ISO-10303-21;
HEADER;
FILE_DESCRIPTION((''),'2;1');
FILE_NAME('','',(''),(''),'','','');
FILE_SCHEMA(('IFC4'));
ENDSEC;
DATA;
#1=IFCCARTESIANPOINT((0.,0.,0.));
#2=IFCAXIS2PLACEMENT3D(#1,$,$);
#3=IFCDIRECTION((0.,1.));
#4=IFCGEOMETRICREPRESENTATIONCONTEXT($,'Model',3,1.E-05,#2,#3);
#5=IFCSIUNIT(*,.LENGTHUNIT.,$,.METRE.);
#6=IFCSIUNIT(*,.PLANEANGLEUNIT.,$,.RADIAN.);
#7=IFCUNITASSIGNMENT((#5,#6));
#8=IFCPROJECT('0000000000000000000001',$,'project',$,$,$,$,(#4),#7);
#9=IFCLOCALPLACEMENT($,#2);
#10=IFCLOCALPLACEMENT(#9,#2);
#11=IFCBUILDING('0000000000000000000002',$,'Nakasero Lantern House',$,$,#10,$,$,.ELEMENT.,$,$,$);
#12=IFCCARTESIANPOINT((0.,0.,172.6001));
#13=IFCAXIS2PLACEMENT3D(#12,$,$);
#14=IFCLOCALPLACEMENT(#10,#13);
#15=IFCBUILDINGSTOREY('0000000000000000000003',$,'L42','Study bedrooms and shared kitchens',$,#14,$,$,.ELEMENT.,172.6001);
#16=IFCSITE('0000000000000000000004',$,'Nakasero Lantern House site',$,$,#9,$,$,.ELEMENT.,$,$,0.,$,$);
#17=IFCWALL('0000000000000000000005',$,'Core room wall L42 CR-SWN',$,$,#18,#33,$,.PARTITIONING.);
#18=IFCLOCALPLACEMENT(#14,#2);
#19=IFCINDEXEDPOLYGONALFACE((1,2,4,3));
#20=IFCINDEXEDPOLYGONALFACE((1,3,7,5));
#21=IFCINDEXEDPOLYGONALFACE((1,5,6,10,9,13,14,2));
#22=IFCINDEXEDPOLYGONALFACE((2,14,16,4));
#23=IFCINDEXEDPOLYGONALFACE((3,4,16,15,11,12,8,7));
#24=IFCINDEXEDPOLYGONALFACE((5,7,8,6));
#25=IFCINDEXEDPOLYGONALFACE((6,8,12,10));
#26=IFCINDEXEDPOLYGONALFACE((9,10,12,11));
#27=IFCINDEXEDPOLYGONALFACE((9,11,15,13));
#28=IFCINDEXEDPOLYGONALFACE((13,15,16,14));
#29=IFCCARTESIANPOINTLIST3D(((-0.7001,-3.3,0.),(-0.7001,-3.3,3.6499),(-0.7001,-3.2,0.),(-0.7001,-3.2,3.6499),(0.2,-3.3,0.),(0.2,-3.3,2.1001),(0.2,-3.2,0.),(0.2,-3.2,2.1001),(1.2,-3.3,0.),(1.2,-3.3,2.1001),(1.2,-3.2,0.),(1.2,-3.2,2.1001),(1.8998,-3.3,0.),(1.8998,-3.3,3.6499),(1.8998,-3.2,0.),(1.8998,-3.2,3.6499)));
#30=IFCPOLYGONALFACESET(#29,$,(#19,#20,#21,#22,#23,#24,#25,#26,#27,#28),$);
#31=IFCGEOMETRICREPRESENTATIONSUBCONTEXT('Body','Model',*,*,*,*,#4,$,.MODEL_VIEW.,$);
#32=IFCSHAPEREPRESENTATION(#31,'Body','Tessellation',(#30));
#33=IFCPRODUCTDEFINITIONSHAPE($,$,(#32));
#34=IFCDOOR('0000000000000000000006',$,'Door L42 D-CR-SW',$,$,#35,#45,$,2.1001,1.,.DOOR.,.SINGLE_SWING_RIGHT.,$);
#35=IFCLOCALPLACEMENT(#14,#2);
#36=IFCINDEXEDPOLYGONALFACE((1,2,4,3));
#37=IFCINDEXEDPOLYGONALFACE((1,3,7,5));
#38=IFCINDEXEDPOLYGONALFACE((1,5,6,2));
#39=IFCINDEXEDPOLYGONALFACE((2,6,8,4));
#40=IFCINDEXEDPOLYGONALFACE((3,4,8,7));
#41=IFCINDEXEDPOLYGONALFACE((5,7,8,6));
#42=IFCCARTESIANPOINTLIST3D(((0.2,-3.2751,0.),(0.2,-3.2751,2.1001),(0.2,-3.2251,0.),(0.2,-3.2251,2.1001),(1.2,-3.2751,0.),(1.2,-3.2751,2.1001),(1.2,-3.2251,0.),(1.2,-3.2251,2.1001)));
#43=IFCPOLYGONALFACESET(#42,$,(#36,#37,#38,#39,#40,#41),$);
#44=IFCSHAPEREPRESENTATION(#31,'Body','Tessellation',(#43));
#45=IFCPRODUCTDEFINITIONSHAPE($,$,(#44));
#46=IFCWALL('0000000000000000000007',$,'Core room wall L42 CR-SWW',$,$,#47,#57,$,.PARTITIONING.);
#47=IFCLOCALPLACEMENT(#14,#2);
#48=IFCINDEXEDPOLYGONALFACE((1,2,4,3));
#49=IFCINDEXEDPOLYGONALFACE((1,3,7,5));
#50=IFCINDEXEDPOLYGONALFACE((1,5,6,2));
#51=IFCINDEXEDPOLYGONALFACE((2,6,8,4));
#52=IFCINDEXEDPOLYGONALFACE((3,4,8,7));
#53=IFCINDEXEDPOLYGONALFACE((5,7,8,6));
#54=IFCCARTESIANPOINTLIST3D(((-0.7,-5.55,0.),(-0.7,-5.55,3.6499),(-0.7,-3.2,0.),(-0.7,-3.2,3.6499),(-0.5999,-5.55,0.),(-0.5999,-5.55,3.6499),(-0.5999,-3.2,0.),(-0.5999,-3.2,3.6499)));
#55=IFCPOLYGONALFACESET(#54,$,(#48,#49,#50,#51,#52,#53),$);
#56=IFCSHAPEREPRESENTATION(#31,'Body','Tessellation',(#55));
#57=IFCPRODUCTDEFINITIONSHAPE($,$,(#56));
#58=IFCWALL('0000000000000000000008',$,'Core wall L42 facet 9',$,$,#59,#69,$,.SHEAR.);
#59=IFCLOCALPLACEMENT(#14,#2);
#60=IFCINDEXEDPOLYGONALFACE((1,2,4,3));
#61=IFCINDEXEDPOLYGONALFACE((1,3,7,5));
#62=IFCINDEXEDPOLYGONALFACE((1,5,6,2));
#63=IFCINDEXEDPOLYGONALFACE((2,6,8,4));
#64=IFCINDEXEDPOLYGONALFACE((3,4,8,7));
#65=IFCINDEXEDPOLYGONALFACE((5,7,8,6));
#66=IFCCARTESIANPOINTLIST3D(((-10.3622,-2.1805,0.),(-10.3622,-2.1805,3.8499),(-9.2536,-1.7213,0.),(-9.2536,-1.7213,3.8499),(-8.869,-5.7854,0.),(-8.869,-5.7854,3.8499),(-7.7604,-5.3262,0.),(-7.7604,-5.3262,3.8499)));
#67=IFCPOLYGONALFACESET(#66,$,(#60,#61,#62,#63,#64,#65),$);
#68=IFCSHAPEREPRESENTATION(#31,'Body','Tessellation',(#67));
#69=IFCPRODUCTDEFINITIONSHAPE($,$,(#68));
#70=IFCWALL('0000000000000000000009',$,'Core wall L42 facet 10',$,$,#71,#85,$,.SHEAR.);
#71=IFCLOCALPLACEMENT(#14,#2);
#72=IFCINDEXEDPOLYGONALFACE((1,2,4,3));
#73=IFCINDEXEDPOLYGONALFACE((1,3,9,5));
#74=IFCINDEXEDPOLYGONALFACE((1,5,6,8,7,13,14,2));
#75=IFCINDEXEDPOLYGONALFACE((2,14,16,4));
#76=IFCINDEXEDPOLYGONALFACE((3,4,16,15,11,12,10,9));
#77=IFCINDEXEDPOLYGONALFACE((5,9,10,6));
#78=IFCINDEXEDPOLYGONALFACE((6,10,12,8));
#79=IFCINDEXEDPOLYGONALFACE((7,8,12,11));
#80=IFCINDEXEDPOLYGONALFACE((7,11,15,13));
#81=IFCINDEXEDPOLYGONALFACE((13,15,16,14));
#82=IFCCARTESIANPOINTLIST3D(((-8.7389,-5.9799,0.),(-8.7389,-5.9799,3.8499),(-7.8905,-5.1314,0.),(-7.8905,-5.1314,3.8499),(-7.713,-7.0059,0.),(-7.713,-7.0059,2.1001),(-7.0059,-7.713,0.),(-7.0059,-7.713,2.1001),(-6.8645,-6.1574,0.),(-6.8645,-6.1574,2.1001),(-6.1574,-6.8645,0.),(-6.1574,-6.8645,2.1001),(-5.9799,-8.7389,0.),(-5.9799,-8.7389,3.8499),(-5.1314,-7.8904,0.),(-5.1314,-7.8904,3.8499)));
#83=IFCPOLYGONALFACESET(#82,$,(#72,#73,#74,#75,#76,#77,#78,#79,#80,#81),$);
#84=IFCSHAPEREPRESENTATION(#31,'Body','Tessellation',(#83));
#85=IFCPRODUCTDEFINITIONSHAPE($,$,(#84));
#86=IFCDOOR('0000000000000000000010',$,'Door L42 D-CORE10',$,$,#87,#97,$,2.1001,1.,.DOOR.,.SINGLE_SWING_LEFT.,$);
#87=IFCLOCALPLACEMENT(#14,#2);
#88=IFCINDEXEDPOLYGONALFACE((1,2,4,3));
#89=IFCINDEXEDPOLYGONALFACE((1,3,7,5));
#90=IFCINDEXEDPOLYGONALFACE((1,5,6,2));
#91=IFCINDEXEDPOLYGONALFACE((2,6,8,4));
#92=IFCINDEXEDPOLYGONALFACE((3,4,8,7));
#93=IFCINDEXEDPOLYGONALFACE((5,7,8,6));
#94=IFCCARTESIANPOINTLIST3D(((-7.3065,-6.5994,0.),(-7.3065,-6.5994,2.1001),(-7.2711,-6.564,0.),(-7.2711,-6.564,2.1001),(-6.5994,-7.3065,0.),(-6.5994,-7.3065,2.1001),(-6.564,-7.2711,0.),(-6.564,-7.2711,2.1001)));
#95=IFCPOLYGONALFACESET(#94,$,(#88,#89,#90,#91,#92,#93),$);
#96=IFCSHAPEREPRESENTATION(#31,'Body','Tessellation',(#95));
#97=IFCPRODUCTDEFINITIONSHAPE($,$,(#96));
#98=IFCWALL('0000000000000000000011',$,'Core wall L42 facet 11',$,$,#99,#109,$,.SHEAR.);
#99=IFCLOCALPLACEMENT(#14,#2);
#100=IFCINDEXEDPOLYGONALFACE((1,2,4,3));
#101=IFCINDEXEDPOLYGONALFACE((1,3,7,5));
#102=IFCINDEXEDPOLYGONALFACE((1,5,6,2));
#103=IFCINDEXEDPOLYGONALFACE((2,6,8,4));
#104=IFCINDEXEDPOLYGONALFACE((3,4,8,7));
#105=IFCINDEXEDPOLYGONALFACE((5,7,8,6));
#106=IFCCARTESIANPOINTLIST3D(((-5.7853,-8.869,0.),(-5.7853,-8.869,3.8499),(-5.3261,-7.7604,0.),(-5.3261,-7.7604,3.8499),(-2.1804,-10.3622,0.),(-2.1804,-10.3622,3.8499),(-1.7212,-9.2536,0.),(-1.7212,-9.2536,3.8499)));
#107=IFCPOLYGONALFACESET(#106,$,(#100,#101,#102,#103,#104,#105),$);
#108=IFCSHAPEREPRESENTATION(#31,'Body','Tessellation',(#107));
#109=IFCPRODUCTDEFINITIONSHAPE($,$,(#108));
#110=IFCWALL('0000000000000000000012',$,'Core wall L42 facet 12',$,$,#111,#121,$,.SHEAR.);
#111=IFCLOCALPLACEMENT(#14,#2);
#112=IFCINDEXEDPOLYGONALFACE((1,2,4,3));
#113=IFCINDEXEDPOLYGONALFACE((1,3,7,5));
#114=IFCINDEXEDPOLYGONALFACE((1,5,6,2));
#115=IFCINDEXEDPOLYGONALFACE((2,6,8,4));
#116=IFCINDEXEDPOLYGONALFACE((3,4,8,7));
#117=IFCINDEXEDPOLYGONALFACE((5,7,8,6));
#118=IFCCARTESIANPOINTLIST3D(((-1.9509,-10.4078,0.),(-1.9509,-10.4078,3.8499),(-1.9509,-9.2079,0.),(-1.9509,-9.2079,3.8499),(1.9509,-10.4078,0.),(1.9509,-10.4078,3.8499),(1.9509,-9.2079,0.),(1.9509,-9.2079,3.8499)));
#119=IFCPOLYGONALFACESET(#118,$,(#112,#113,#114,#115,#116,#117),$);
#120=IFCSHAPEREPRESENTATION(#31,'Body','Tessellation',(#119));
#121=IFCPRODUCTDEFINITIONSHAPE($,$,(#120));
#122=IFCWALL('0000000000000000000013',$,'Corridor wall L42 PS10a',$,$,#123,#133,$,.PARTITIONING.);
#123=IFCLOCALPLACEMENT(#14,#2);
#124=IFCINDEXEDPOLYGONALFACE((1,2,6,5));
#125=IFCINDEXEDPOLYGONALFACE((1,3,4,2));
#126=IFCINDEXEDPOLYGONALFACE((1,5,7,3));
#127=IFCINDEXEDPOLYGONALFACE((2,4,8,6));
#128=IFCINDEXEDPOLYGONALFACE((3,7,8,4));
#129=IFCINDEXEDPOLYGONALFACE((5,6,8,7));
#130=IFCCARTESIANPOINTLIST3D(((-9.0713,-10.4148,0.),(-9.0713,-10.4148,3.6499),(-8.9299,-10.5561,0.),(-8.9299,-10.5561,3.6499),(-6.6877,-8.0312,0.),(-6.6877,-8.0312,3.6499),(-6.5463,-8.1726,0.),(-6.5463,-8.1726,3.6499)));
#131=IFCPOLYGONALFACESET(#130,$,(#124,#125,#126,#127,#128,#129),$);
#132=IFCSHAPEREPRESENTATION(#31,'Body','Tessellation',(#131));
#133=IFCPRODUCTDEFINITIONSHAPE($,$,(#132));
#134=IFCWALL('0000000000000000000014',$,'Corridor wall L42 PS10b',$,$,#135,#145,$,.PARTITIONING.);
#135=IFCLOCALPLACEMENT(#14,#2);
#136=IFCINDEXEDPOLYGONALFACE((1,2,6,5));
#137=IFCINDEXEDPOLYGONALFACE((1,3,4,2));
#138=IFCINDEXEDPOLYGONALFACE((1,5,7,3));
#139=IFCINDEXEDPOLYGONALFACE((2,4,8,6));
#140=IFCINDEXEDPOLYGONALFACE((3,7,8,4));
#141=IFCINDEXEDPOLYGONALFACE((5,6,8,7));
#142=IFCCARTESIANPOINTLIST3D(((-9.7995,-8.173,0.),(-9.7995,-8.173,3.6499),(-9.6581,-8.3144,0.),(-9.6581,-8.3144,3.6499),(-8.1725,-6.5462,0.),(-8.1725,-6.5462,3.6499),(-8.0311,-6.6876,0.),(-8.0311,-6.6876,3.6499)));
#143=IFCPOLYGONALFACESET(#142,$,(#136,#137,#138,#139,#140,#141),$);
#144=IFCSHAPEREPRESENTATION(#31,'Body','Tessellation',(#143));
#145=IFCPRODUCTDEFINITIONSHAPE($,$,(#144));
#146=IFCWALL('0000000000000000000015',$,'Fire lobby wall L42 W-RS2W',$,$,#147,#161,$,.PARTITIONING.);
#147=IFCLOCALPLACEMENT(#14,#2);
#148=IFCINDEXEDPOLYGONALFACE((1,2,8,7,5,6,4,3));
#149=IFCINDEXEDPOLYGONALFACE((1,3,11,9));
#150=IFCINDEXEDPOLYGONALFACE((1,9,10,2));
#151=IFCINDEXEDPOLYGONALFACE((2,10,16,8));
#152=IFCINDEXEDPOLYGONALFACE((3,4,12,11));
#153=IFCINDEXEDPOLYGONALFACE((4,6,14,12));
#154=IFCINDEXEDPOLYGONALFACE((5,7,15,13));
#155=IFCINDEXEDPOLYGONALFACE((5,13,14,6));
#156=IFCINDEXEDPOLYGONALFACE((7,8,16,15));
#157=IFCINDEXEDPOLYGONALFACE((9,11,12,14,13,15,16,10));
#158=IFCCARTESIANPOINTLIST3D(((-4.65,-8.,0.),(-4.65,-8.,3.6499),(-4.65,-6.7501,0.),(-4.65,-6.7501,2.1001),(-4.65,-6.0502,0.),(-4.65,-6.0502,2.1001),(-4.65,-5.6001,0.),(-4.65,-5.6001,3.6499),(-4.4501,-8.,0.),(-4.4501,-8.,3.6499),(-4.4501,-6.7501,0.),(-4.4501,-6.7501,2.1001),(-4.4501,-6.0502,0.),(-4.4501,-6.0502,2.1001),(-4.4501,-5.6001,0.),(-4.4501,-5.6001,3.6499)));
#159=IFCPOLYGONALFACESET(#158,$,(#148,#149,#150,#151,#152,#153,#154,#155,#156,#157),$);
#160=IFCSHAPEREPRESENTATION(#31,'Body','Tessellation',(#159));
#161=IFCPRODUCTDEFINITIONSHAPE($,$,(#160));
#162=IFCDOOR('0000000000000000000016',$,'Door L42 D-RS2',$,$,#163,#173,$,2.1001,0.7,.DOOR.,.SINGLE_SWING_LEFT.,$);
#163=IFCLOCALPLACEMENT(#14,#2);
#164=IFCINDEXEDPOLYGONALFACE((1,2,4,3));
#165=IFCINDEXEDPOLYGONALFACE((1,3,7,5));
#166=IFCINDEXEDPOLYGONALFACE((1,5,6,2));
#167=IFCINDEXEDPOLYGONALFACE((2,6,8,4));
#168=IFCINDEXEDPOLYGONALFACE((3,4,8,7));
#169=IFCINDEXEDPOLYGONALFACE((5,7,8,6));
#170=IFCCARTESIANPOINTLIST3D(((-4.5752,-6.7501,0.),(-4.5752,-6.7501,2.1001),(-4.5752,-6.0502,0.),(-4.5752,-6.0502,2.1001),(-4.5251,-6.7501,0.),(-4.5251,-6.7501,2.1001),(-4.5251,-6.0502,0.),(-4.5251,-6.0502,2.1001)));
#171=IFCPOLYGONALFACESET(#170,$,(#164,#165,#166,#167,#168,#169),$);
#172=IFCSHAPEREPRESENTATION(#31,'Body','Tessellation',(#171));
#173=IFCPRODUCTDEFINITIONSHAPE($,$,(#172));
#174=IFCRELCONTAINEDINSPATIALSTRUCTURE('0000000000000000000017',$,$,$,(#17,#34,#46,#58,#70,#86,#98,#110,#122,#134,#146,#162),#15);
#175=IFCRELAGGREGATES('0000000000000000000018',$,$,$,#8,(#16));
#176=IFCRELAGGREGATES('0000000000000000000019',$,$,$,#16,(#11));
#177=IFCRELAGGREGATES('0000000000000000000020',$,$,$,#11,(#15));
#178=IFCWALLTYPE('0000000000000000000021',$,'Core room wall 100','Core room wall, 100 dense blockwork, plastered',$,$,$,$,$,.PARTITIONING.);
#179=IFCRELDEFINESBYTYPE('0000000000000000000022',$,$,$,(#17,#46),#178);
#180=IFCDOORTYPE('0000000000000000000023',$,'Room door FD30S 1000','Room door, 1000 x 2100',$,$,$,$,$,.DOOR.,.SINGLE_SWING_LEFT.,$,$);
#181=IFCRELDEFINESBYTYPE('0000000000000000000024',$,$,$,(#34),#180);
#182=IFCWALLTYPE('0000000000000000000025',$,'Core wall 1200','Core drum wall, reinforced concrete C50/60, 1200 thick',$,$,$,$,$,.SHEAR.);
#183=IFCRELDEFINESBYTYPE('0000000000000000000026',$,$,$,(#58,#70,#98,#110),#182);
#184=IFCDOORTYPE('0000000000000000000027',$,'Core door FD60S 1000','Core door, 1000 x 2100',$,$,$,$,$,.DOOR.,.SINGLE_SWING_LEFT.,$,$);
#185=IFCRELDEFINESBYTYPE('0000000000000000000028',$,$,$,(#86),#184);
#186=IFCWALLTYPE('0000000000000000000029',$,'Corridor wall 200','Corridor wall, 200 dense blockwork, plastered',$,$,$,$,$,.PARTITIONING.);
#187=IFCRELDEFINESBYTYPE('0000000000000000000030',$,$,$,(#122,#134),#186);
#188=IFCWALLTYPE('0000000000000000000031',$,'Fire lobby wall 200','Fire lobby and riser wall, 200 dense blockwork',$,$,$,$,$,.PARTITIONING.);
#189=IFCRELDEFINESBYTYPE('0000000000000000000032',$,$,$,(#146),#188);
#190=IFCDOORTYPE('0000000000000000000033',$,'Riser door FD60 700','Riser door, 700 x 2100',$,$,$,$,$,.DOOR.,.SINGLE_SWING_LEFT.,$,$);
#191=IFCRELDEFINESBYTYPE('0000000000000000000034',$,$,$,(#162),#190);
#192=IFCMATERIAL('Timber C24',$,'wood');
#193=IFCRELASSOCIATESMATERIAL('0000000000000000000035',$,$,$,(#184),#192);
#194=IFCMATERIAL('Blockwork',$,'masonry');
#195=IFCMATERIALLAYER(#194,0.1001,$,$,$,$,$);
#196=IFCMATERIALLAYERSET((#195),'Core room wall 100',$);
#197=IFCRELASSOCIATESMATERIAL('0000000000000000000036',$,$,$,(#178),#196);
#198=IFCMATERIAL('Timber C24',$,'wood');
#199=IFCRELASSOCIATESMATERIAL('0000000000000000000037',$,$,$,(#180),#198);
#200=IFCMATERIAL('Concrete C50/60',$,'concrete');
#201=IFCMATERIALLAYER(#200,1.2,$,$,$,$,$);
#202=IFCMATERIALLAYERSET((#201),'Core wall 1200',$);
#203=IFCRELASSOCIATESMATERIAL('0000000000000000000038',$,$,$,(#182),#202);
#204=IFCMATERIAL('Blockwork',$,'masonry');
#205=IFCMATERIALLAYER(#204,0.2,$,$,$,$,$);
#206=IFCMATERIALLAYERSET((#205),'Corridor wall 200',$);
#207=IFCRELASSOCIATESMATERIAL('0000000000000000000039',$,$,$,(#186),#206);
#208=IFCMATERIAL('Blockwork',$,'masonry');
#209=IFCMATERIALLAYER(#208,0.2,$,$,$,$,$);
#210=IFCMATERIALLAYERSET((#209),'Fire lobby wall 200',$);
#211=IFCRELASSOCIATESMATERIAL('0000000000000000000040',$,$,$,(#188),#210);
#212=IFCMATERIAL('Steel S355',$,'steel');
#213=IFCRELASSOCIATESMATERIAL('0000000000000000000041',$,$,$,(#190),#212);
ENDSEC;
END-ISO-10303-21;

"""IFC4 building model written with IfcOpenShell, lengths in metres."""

from ifc_helpers import new_model, si_unit, direction, frame, frame_2d, origin, place, context, subcontext, project, spatial, rectangle, extrude, material, layer, layer_set, type_object, element, fill, save


model = new_model("IFC4")

# Units and contexts
model_context = context("Model", 3, precision=1e-05, world=origin(), true_north=direction((0.0, 1.0)))
body_context = subcontext(model_context, "Body", "Model", "MODEL_VIEW")
ifc_project = project(units=[si_unit("LENGTHUNIT", "METRE"), si_unit("PLANEANGLEUNIT", "RADIAN")], contexts=[model_context])

# Site, building, storey
site_placement = place(None, origin())
site = spatial("IfcSite", under=ifc_project, at=site_placement, Name="Nakasero Lantern House site", CompositionType="ELEMENT", RefElevation=0.0)
building_placement = place(site_placement, origin())
building = spatial("IfcBuilding", under=site, at=building_placement, Name="Nakasero Lantern House", CompositionType="ELEMENT")
storey_placement = place(building_placement, frame((0.0, 0.0, 172.6001)))
storey = spatial("IfcBuildingStorey", under=building, at=storey_placement, Name="L42", Description="Study bedrooms and shared kitchens", CompositionType="ELEMENT", Elevation=172.6001)

# Shared definitions
ifc_material_1 = material(Name="Timber C24", Category="wood")
door_type_1 = type_object("IfcDoorType", Name="Core door FD60S 1000", Description="Core door, 1000 x 2100", OperationType="SINGLE_SWING_LEFT", PredefinedType="DOOR", material=ifc_material_1)

# Wall, opening, door
ifc_material_2 = material(Name="Blockwork", Category="masonry")
ifc_layer_1 = layer(ifc_material_2, 0.1001)
ifc_layer_set_1 = layer_set([ifc_layer_1], Name="Core room wall 100")
wall_type_1 = type_object("IfcWallType", Name="Core room wall 100", Description="Core room wall, 100 dense blockwork, plastered", PredefinedType="PARTITIONING", material=ifc_layer_set_1)
wall_1_placement = place(storey_placement, frame((-0.7, -3.25, 0.0), z_axis=(0.0, 0.0, 1.0), x_axis=(1.0, 0.0, 0.0)))
wall_1 = element("IfcWall", 1, at=wall_1_placement, inside=storey, type_object=wall_type_1, Name="Core room wall L42 CR-SWN", PredefinedType="PARTITIONING", context=body_context, shape_type="SweptSolid", body=[
    extrude(rectangle(XDim=2.5999, YDim=0.1001, at=frame_2d((1.2998, 0.0))), origin(), (0.0, 0.0, 1.0), 3.6499),
])
opening_1_placement = place(wall_1_placement, frame((0.8999, 0.0, 0.0)))
opening_1 = element("IfcOpeningElement", 2, at=opening_1_placement, cuts=wall_1, PredefinedType="OPENING", context=body_context, shape_type="SweptSolid", body=[
    extrude(rectangle(XDim=1.0, YDim=2.1001, at=frame_2d((0.5, 1.05))), frame((0.0, 0.0701, 0.0), z_axis=(0.0, -1.0, 0.0), x_axis=(1.0, 0.0, 0.0)), (0.0, 0.0, 1.0), 0.1401),
])
ifc_material_3 = material(Name="Timber C24", Category="wood")
door_type_2 = type_object("IfcDoorType", Name="Room door FD30S 1000", Description="Room door, 1000 x 2100", OperationType="SINGLE_SWING_LEFT", PredefinedType="DOOR", material=ifc_material_3)
door_1_placement = place(opening_1_placement, origin())
door_1 = element("IfcDoor", 3, at=door_1_placement, inside=storey, type_object=door_type_2, Name="Door L42 D-CR-SW", OperationType="SINGLE_SWING_RIGHT", OverallHeight=2.1001, OverallWidth=1.0, PredefinedType="DOOR", context=body_context, shape_type="SweptSolid", body=[
    extrude(rectangle(XDim=1.0, YDim=2.1001, at=frame_2d((0.5, 1.05))), frame((0.0, 0.0249, 0.0), z_axis=(0.0, -1.0, 0.0), x_axis=(1.0, 0.0, 0.0)), (0.0, 0.0, 1.0), 0.05),
])
fill(opening_1, door_1)

# Walls
wall_2_placement = place(storey_placement, frame((-0.6499, -5.55, 0.0), z_axis=(0.0, 0.0, 1.0), x_axis=(0.0, 1.0, 0.0)))
element("IfcWall", 4, at=wall_2_placement, inside=storey, type_object=wall_type_1, Name="Core room wall L42 CR-SWW", PredefinedType="PARTITIONING", context=body_context, shape_type="SweptSolid", body=[
    extrude(rectangle(XDim=2.3501, YDim=0.1001, at=frame_2d((1.175, 0.0))), origin(), (0.0, 0.0, 1.0), 3.6499),
])
ifc_material_4 = material(Name="Concrete C50/60", Category="concrete")
ifc_layer_2 = layer(ifc_material_4, 1.2)
ifc_layer_set_2 = layer_set([ifc_layer_2], Name="Core wall 1200")
wall_type_2 = type_object("IfcWallType", Name="Core wall 1200", Description="Core drum wall, reinforced concrete C50/60, 1200 thick", PredefinedType="SHEAR", material=ifc_layer_set_2)
wall_3_placement = place(storey_placement, frame((-9.8079, -1.9509, 0.0), z_axis=(0.0, 0.0, 1.0), x_axis=(0.382691, -0.923877, 0.0)))
element("IfcWall", 5, at=wall_3_placement, inside=storey, type_object=wall_type_2, Name="Core wall L42 facet 9", PredefinedType="SHEAR", context=body_context, shape_type="SweptSolid", body=[
    extrude(rectangle(XDim=3.9019, YDim=1.2, at=frame_2d((1.9509, 0.0))), origin(), (0.0, 0.0, 1.0), 3.8499),
])

# Wall, opening, door
wall_4_placement = place(storey_placement, frame((-8.3147, -5.5557, 0.0), z_axis=(0.0, 0.0, 1.0), x_axis=(0.707107, -0.707107, 0.0)))
wall_4 = element("IfcWall", 6, at=wall_4_placement, inside=storey, type_object=wall_type_2, Name="Core wall L42 facet 10", PredefinedType="SHEAR", context=body_context, shape_type="SweptSolid", body=[
    extrude(rectangle(XDim=3.9019, YDim=1.2, at=frame_2d((1.9509, 0.0))), origin(), (0.0, 0.0, 1.0), 3.8499),
])
opening_2_placement = place(wall_4_placement, frame((1.4509, 0.0, 0.0)))
opening_2 = element("IfcOpeningElement", 7, at=opening_2_placement, cuts=wall_4, PredefinedType="OPENING", context=body_context, shape_type="SweptSolid", body=[
    extrude(rectangle(XDim=1.0, YDim=2.1001, at=frame_2d((0.5, 1.05))), frame((0.0, 0.6199, 0.0), z_axis=(0.0, -1.0, 0.0), x_axis=(1.0, 0.0, 0.0)), (0.0, 0.0, 1.0), 1.24),
])
door_2_placement = place(opening_2_placement, origin())
door_2 = element("IfcDoor", 8, at=door_2_placement, inside=storey, type_object=door_type_1, Name="Door L42 D-CORE10", OperationType="SINGLE_SWING_LEFT", OverallHeight=2.1001, OverallWidth=1.0, PredefinedType="DOOR", context=body_context, shape_type="SweptSolid", body=[
    extrude(rectangle(XDim=1.0, YDim=2.1001, at=frame_2d((0.5, 1.05))), frame((0.0, 0.0249, 0.0), z_axis=(0.0, -1.0, 0.0), x_axis=(1.0, 0.0, 0.0)), (0.0, 0.0, 1.0), 0.05),
])
fill(opening_2, door_2)

# Walls
for number, where, z_axis, x_axis, name in (
    (9, (-5.5557, -8.3147, 0.0), (0.0, 0.0, 1.0), (0.923877, -0.382691, 0.0), "Core wall L42 facet 11"),
    (10, (-1.9509, -9.8079, 0.0), (0.0, 0.0, 1.0), (1.0, 0.0, 0.0), "Core wall L42 facet 12"),
):
    element("IfcWall", number, at=place(storey_placement, frame(where, z_axis=z_axis, x_axis=x_axis)), inside=storey, type_object=wall_type_2, Name=name, PredefinedType="SHEAR", context=body_context, shape_type="SweptSolid", body=[
        extrude(rectangle(XDim=3.9019, YDim=1.2, at=frame_2d((1.9509, 0.0))), origin(), (0.0, 0.0, 1.0), 3.8499),
    ])
ifc_material_5 = material(Name="Blockwork", Category="masonry")
ifc_layer_3 = layer(ifc_material_5, 0.2)
ifc_layer_set_3 = layer_set([ifc_layer_3], Name="Corridor wall 200")
wall_type_3 = type_object("IfcWallType", Name="Corridor wall 200", Description="Corridor wall, 200 dense blockwork, plastered", PredefinedType="PARTITIONING", material=ifc_layer_set_3)
wall_5_placement = place(storey_placement, frame((-6.6169, -8.1018, 0.0), z_axis=(0.0, 0.0, 1.0), x_axis=(-0.707107, -0.707107, 0.0)))
element("IfcWall", 11, at=wall_5_placement, inside=storey, type_object=wall_type_3, Name="Corridor wall L42 PS10a", PredefinedType="PARTITIONING", context=body_context, shape_type="SweptSolid", body=[
    extrude(rectangle(XDim=3.3708, YDim=0.2, at=frame_2d((1.6855, 0.0))), origin(), (0.0, 0.0, 1.0), 3.6499),
])
wall_6_placement = place(storey_placement, frame((-8.1018, -6.6169, 0.0), z_axis=(0.0, 0.0, 1.0), x_axis=(-0.70716, -0.707054, 0.0)))
element("IfcWall", 12, at=wall_6_placement, inside=storey, type_object=wall_type_3, Name="Corridor wall L42 PS10b", PredefinedType="PARTITIONING", context=body_context, shape_type="SweptSolid", body=[
    extrude(rectangle(XDim=2.3008, YDim=0.2, at=frame_2d((1.1504, 0.0))), origin(), (0.0, 0.0, 1.0), 3.6499),
])

# Wall, opening, door
ifc_material_6 = material(Name="Blockwork", Category="masonry")
ifc_layer_4 = layer(ifc_material_6, 0.2)
ifc_layer_set_4 = layer_set([ifc_layer_4], Name="Fire lobby wall 200")
wall_type_4 = type_object("IfcWallType", Name="Fire lobby wall 200", Description="Fire lobby and riser wall, 200 dense blockwork", PredefinedType="PARTITIONING", material=ifc_layer_set_4)
wall_7_placement = place(storey_placement, frame((-4.55, -5.6001, 0.0), z_axis=(0.0, 0.0, 1.0), x_axis=(0.0, -1.0, 0.0)))
wall_7 = element("IfcWall", 13, at=wall_7_placement, inside=storey, type_object=wall_type_4, Name="Fire lobby wall L42 W-RS2W", PredefinedType="PARTITIONING", context=body_context, shape_type="SweptSolid", body=[
    extrude(rectangle(XDim=2.3999, YDim=0.2, at=frame_2d((1.2, 0.0))), origin(), (0.0, 0.0, 1.0), 3.6499),
])
opening_3_placement = place(wall_7_placement, frame((0.45, 0.0, 0.0)))
opening_3 = element("IfcOpeningElement", 14, at=opening_3_placement, cuts=wall_7, PredefinedType="OPENING", context=body_context, shape_type="SweptSolid", body=[
    extrude(rectangle(XDim=0.7, YDim=2.1001, at=frame_2d((0.3501, 1.05))), frame((0.0, 0.1199, 0.0), z_axis=(0.0, -1.0, 0.0), x_axis=(1.0, 0.0, 0.0)), (0.0, 0.0, 1.0), 0.24),
])
ifc_material_7 = material(Name="Steel S355", Category="steel")
door_type_3 = type_object("IfcDoorType", Name="Riser door FD60 700", Description="Riser door, 700 x 2100", OperationType="SINGLE_SWING_LEFT", PredefinedType="DOOR", material=ifc_material_7)
door_3_placement = place(opening_3_placement, origin())
door_3 = element("IfcDoor", 15, at=door_3_placement, inside=storey, type_object=door_type_3, Name="Door L42 D-RS2", OperationType="SINGLE_SWING_LEFT", OverallHeight=2.1001, OverallWidth=0.7, PredefinedType="DOOR", context=body_context, shape_type="SweptSolid", body=[
    extrude(rectangle(XDim=0.7, YDim=2.1001, at=frame_2d((0.3501, 1.05))), frame((0.0, 0.0249, 0.0), z_axis=(0.0, -1.0, 0.0), x_axis=(1.0, 0.0, 0.0)), (0.0, 0.0, 1.0), 0.05),
])
fill(opening_3, door_3)

save(model, "model.ifc")
